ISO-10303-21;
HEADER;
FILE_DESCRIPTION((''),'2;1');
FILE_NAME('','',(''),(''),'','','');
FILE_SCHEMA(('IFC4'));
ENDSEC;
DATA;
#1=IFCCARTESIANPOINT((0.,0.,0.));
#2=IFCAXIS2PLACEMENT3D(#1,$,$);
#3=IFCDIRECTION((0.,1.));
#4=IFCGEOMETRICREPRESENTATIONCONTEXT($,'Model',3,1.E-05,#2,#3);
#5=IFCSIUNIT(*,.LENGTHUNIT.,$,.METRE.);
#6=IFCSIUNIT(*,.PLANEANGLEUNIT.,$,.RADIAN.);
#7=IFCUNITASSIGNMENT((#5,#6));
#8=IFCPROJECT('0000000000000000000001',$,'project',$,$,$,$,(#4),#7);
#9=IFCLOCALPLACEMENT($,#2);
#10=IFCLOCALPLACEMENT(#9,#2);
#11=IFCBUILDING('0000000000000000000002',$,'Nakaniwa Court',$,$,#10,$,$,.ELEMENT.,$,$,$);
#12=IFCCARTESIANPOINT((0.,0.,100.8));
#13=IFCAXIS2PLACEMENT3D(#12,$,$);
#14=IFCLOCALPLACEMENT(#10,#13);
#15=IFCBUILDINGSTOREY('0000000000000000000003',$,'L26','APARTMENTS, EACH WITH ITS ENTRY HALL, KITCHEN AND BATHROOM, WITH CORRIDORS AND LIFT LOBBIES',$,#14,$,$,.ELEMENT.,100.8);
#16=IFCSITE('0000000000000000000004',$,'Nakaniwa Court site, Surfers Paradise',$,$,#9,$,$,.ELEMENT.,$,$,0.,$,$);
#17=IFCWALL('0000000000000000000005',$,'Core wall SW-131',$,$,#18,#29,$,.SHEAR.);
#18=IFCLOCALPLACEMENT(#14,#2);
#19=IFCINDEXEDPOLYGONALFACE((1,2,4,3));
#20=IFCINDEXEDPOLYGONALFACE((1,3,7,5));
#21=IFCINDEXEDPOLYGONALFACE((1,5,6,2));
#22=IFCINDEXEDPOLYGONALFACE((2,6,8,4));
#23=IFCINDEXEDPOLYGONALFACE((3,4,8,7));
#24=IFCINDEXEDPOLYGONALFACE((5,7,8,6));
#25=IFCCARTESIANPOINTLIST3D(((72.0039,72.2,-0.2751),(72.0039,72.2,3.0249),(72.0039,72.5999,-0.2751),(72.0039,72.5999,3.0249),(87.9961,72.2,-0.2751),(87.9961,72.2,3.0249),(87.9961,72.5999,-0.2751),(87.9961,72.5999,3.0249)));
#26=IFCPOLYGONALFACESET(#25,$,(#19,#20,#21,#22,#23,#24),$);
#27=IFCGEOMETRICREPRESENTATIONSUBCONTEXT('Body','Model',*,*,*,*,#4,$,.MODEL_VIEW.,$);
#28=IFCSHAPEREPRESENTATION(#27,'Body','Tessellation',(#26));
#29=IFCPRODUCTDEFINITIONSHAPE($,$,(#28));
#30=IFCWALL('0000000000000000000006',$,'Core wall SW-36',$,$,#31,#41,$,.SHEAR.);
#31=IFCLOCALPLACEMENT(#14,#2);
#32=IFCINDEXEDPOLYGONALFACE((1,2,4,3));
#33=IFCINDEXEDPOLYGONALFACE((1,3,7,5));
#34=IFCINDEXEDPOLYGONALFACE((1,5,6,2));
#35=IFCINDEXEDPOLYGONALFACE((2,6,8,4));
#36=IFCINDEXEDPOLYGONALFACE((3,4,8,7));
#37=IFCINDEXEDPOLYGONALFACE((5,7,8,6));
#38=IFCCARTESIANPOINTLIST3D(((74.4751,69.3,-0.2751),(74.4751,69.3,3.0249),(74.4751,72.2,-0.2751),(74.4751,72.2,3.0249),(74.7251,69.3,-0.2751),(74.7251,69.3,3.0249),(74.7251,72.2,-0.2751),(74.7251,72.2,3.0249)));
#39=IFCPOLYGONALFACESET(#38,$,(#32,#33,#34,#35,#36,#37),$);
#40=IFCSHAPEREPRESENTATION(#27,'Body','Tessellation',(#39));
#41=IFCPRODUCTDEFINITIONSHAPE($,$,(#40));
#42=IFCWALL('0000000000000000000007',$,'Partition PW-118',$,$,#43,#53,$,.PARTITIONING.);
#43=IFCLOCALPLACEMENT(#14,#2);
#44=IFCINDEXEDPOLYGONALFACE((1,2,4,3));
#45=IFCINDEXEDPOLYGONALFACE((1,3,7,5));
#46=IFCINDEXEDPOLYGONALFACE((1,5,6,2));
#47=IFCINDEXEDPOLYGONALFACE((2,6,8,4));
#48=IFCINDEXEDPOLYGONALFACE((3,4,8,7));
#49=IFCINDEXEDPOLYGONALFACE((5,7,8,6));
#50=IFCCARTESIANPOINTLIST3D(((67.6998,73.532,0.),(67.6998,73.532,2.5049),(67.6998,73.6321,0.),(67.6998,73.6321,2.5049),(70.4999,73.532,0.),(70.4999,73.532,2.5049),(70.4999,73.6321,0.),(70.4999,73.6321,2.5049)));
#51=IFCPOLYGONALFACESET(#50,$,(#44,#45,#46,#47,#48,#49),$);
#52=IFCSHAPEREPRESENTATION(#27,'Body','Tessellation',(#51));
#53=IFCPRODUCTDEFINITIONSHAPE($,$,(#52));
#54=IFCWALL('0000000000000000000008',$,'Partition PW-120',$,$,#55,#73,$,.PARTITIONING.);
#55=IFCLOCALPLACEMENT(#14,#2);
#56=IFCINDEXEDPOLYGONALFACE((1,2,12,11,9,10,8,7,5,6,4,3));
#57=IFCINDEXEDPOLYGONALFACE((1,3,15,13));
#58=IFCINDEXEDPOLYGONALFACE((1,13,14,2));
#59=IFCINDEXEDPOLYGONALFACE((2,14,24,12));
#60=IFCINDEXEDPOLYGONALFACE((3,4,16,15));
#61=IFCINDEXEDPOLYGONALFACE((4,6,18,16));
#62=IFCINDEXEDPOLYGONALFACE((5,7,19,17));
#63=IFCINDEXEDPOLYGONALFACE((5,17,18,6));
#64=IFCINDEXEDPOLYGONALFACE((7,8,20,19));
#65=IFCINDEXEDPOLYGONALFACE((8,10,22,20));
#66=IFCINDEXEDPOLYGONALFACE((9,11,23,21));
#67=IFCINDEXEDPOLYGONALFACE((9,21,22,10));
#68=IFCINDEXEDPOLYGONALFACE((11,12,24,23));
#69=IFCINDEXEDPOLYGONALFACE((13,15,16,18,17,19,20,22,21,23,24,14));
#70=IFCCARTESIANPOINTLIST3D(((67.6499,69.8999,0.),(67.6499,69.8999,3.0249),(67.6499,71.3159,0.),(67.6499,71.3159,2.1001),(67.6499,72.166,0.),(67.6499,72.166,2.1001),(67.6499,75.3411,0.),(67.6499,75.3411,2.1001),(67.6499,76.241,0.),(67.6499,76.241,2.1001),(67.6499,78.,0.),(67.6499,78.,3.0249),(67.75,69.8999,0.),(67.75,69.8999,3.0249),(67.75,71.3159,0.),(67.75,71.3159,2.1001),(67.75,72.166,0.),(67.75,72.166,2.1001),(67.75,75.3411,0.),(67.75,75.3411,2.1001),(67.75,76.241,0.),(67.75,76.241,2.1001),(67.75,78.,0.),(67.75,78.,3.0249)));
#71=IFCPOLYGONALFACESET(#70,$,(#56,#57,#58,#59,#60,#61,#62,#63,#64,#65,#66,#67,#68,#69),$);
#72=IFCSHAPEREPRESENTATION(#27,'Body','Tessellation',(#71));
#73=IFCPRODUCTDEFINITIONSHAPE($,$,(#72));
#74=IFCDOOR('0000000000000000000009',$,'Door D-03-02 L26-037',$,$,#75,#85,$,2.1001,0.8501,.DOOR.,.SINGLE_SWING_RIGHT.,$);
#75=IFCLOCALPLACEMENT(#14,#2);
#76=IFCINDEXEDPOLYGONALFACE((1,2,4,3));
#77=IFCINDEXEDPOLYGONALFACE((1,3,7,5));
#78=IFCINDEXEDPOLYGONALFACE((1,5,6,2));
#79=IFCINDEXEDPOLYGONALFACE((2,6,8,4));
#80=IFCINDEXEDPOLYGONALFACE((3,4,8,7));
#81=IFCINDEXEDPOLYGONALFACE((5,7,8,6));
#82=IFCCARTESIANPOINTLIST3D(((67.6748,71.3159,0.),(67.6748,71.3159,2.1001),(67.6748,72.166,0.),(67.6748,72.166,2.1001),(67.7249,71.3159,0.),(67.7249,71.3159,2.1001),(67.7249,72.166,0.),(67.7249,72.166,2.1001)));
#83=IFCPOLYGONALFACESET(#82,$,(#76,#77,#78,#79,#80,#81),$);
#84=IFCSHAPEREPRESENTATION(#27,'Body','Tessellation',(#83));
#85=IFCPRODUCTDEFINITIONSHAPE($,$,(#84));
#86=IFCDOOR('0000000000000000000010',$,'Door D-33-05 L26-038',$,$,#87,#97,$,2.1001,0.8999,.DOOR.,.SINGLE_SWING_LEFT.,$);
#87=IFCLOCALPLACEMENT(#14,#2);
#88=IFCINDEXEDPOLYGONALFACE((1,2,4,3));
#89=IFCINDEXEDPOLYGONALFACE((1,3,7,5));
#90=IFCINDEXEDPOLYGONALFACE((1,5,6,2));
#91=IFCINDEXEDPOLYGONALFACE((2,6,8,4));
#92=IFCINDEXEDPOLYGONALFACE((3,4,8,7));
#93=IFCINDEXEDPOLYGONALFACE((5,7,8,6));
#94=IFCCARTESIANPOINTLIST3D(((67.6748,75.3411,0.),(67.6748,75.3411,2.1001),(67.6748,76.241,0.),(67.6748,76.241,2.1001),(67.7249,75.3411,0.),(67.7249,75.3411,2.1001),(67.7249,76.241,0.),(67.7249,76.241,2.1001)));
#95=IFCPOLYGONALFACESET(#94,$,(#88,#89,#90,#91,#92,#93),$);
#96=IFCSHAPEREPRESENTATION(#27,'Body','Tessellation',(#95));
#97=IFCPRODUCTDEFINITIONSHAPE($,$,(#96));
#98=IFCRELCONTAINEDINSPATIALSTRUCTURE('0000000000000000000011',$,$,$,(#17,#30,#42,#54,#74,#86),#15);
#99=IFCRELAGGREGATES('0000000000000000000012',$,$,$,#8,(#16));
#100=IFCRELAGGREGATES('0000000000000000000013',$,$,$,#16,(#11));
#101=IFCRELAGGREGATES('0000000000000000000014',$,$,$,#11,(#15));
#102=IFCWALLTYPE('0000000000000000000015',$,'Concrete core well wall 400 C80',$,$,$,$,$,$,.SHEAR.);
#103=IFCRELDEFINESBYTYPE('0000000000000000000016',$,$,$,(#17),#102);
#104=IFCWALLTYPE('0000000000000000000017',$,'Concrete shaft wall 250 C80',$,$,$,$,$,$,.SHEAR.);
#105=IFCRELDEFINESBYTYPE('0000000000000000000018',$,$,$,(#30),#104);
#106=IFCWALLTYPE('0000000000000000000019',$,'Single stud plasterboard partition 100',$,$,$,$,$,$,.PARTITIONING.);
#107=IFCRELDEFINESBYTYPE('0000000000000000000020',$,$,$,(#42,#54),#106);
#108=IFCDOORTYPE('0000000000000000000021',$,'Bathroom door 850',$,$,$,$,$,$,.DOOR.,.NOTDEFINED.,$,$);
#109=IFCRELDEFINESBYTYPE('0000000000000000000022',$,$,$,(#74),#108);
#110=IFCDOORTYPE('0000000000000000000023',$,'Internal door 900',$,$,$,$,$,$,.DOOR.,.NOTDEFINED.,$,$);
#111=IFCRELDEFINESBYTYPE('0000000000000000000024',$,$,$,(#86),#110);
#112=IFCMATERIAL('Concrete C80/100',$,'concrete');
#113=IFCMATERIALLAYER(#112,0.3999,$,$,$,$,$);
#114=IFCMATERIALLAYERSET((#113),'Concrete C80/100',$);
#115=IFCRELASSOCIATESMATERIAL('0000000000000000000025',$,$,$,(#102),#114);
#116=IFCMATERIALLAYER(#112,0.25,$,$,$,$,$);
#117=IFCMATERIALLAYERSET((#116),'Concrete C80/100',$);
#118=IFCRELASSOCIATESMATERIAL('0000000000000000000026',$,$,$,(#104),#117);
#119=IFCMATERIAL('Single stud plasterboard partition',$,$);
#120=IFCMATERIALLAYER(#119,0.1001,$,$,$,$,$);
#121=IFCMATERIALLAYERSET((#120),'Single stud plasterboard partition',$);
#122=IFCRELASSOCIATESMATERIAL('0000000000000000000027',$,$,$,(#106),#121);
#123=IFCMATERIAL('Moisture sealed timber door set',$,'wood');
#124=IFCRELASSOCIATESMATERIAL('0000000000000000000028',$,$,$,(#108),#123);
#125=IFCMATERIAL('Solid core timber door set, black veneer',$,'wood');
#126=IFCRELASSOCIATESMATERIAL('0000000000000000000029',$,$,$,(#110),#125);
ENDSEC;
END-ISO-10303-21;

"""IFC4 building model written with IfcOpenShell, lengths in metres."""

from ifc_helpers import new_model, si_unit, direction, frame, frame_2d, origin, place, context, subcontext, project, spatial, rectangle, extrude, material, layer, layer_set, type_object, element, fill, save


model = new_model("IFC4")

# Units and contexts
model_context = context("Model", 3, precision=1e-05, world=origin(), true_north=direction((0.0, 1.0)))
body_context = subcontext(model_context, "Body", "Model", "MODEL_VIEW")
ifc_project = project(units=[si_unit("LENGTHUNIT", "METRE"), si_unit("PLANEANGLEUNIT", "RADIAN")], contexts=[model_context])

# Site, building, storey
site_placement = place(None, origin())
site = spatial("IfcSite", under=ifc_project, at=site_placement, Name="Nakaniwa Court site, Surfers Paradise", CompositionType="ELEMENT", RefElevation=0.0)
building_placement = place(site_placement, origin())
building = spatial("IfcBuilding", under=site, at=building_placement, Name="Nakaniwa Court", CompositionType="ELEMENT")
storey_placement = place(building_placement, frame((0.0, 0.0, 100.8)))
storey = spatial("IfcBuildingStorey", under=building, at=storey_placement, Name="L26", Description="APARTMENTS, EACH WITH ITS ENTRY HALL, KITCHEN AND BATHROOM, WITH CORRIDORS AND LIFT LOBBIES", CompositionType="ELEMENT", Elevation=100.8)

# Shared definitions
ifc_material_1 = material(Name="Concrete C80/100", Category="concrete")

# Shared definitions
ifc_material_2 = material(Name="Solid core timber door set, black veneer", Category="wood")

# Walls
ifc_layer_1 = layer(ifc_material_1, 0.3999)
ifc_layer_set_1 = layer_set([ifc_layer_1], Name="Concrete C80/100")
wall_type_1 = type_object("IfcWallType", Name="Concrete core well wall 400 C80", PredefinedType="SHEAR", material=ifc_layer_set_1)
wall_1_placement = place(storey_placement, frame((72.0039, 72.3999, -0.2751), z_axis=(0.0, 0.0, 1.0), x_axis=(1.0, 0.0, 0.0)))
element("IfcWall", 1, at=wall_1_placement, inside=storey, type_object=wall_type_1, Name="Core wall SW-131", PredefinedType="SHEAR", context=body_context, shape_type="SweptSolid", body=[
    extrude(rectangle(XDim=15.9922, YDim=0.3999, at=frame_2d((7.9961, 0.0))), origin(), (0.0, 0.0, 1.0), 3.3),
])
ifc_layer_2 = layer(ifc_material_1, 0.25)
ifc_layer_set_2 = layer_set([ifc_layer_2], Name="Concrete C80/100")
wall_type_2 = type_object("IfcWallType", Name="Concrete shaft wall 250 C80", PredefinedType="SHEAR", material=ifc_layer_set_2)
wall_2_placement = place(storey_placement, frame((74.6001, 69.3, -0.2751), z_axis=(0.0, 0.0, 1.0), x_axis=(0.0, 1.0, 0.0)))
element("IfcWall", 2, at=wall_2_placement, inside=storey, type_object=wall_type_2, Name="Core wall SW-36", PredefinedType="SHEAR", context=body_context, shape_type="SweptSolid", body=[
    extrude(rectangle(XDim=2.8999, YDim=0.25, at=frame_2d((1.45, 0.0))), origin(), (0.0, 0.0, 1.0), 3.3),
])
ifc_material_3 = material(Name="Single stud plasterboard partition")
ifc_layer_3 = layer(ifc_material_3, 0.1001)
ifc_layer_set_3 = layer_set([ifc_layer_3], Name="Single stud plasterboard partition")
wall_type_3 = type_object("IfcWallType", Name="Single stud plasterboard partition 100", PredefinedType="PARTITIONING", material=ifc_layer_set_3)
wall_3_placement = place(storey_placement, frame((67.7, 73.582, 0.0), z_axis=(0.0, 0.0, 1.0), x_axis=(1.0, 0.0, 0.0)))
element("IfcWall", 3, at=wall_3_placement, inside=storey, type_object=wall_type_3, Name="Partition PW-118", PredefinedType="PARTITIONING", context=body_context, shape_type="SweptSolid", body=[
    extrude(rectangle(XDim=2.8, YDim=0.1001, at=frame_2d((1.3999, 0.0))), origin(), (0.0, 0.0, 1.0), 2.5049),
])

# Wall, openings, doors
wall_4_placement = place(storey_placement, frame((67.7, 78.0, 0.0), z_axis=(0.0, 0.0, 1.0), x_axis=(0.0, -1.0, 0.0)))
wall_4 = element("IfcWall", 4, at=wall_4_placement, inside=storey, type_object=wall_type_3, Name="Partition PW-120", PredefinedType="PARTITIONING", context=body_context, shape_type="SweptSolid", body=[
    extrude(rectangle(XDim=8.1001, YDim=0.1001, at=frame_2d((4.05, 0.0))), origin(), (0.0, 0.0, 1.0), 3.0249),
])
opening_1_placement = place(wall_4_placement, frame((5.834, 0.0, 0.0)))
opening_1 = element("IfcOpeningElement", 5, at=opening_1_placement, cuts=wall_4, PredefinedType="OPENING", context=body_context, shape_type="SweptSolid", body=[
    extrude(rectangle(XDim=0.8501, YDim=2.1001, at=frame_2d((0.425, 1.05))), frame((0.0, 0.0601, 0.0), z_axis=(0.0, -1.0, 0.0), x_axis=(1.0, 0.0, 0.0)), (0.0, 0.0, 1.0), 0.1201),
])
opening_2_placement = place(wall_4_placement, frame((1.759, 0.0, 0.0)))
opening_2 = element("IfcOpeningElement", 6, at=opening_2_placement, cuts=wall_4, PredefinedType="OPENING", context=body_context, shape_type="SweptSolid", body=[
    extrude(rectangle(XDim=0.8999, YDim=2.1001, at=frame_2d((0.45, 1.05))), frame((0.0, 0.0601, 0.0), z_axis=(0.0, -1.0, 0.0), x_axis=(1.0, 0.0, 0.0)), (0.0, 0.0, 1.0), 0.1201),
])
ifc_material_4 = material(Name="Moisture sealed timber door set", Category="wood")
door_type_1 = type_object("IfcDoorType", Name="Bathroom door 850", OperationType="NOTDEFINED", PredefinedType="DOOR", material=ifc_material_4)
door_1_placement = place(opening_1_placement, origin())
door_1 = element("IfcDoor", 7, at=door_1_placement, inside=storey, type_object=door_type_1, Name="Door D-03-02 L26-037", OperationType="SINGLE_SWING_RIGHT", OverallHeight=2.1001, OverallWidth=0.8501, PredefinedType="DOOR", context=body_context, shape_type="SweptSolid", body=[
    extrude(rectangle(XDim=0.8501, YDim=2.1001, at=frame_2d((0.425, 1.05))), frame((0.0, 0.0249, 0.0), z_axis=(0.0, -1.0, 0.0), x_axis=(1.0, 0.0, 0.0)), (0.0, 0.0, 1.0), 0.05),
])
fill(opening_1, door_1)
door_type_2 = type_object("IfcDoorType", Name="Internal door 900", OperationType="NOTDEFINED", PredefinedType="DOOR", material=ifc_material_2)
door_2_placement = place(opening_2_placement, origin())
door_2 = element("IfcDoor", 8, at=door_2_placement, inside=storey, type_object=door_type_2, Name="Door D-33-05 L26-038", OperationType="SINGLE_SWING_LEFT", OverallHeight=2.1001, OverallWidth=0.8999, PredefinedType="DOOR", context=body_context, shape_type="SweptSolid", body=[
    extrude(rectangle(XDim=0.8999, YDim=2.1001, at=frame_2d((0.45, 1.05))), frame((0.0, 0.0249, 0.0), z_axis=(0.0, -1.0, 0.0), x_axis=(1.0, 0.0, 0.0)), (0.0, 0.0, 1.0), 0.05),
])
fill(opening_2, door_2)

save(model, "model.ifc")
